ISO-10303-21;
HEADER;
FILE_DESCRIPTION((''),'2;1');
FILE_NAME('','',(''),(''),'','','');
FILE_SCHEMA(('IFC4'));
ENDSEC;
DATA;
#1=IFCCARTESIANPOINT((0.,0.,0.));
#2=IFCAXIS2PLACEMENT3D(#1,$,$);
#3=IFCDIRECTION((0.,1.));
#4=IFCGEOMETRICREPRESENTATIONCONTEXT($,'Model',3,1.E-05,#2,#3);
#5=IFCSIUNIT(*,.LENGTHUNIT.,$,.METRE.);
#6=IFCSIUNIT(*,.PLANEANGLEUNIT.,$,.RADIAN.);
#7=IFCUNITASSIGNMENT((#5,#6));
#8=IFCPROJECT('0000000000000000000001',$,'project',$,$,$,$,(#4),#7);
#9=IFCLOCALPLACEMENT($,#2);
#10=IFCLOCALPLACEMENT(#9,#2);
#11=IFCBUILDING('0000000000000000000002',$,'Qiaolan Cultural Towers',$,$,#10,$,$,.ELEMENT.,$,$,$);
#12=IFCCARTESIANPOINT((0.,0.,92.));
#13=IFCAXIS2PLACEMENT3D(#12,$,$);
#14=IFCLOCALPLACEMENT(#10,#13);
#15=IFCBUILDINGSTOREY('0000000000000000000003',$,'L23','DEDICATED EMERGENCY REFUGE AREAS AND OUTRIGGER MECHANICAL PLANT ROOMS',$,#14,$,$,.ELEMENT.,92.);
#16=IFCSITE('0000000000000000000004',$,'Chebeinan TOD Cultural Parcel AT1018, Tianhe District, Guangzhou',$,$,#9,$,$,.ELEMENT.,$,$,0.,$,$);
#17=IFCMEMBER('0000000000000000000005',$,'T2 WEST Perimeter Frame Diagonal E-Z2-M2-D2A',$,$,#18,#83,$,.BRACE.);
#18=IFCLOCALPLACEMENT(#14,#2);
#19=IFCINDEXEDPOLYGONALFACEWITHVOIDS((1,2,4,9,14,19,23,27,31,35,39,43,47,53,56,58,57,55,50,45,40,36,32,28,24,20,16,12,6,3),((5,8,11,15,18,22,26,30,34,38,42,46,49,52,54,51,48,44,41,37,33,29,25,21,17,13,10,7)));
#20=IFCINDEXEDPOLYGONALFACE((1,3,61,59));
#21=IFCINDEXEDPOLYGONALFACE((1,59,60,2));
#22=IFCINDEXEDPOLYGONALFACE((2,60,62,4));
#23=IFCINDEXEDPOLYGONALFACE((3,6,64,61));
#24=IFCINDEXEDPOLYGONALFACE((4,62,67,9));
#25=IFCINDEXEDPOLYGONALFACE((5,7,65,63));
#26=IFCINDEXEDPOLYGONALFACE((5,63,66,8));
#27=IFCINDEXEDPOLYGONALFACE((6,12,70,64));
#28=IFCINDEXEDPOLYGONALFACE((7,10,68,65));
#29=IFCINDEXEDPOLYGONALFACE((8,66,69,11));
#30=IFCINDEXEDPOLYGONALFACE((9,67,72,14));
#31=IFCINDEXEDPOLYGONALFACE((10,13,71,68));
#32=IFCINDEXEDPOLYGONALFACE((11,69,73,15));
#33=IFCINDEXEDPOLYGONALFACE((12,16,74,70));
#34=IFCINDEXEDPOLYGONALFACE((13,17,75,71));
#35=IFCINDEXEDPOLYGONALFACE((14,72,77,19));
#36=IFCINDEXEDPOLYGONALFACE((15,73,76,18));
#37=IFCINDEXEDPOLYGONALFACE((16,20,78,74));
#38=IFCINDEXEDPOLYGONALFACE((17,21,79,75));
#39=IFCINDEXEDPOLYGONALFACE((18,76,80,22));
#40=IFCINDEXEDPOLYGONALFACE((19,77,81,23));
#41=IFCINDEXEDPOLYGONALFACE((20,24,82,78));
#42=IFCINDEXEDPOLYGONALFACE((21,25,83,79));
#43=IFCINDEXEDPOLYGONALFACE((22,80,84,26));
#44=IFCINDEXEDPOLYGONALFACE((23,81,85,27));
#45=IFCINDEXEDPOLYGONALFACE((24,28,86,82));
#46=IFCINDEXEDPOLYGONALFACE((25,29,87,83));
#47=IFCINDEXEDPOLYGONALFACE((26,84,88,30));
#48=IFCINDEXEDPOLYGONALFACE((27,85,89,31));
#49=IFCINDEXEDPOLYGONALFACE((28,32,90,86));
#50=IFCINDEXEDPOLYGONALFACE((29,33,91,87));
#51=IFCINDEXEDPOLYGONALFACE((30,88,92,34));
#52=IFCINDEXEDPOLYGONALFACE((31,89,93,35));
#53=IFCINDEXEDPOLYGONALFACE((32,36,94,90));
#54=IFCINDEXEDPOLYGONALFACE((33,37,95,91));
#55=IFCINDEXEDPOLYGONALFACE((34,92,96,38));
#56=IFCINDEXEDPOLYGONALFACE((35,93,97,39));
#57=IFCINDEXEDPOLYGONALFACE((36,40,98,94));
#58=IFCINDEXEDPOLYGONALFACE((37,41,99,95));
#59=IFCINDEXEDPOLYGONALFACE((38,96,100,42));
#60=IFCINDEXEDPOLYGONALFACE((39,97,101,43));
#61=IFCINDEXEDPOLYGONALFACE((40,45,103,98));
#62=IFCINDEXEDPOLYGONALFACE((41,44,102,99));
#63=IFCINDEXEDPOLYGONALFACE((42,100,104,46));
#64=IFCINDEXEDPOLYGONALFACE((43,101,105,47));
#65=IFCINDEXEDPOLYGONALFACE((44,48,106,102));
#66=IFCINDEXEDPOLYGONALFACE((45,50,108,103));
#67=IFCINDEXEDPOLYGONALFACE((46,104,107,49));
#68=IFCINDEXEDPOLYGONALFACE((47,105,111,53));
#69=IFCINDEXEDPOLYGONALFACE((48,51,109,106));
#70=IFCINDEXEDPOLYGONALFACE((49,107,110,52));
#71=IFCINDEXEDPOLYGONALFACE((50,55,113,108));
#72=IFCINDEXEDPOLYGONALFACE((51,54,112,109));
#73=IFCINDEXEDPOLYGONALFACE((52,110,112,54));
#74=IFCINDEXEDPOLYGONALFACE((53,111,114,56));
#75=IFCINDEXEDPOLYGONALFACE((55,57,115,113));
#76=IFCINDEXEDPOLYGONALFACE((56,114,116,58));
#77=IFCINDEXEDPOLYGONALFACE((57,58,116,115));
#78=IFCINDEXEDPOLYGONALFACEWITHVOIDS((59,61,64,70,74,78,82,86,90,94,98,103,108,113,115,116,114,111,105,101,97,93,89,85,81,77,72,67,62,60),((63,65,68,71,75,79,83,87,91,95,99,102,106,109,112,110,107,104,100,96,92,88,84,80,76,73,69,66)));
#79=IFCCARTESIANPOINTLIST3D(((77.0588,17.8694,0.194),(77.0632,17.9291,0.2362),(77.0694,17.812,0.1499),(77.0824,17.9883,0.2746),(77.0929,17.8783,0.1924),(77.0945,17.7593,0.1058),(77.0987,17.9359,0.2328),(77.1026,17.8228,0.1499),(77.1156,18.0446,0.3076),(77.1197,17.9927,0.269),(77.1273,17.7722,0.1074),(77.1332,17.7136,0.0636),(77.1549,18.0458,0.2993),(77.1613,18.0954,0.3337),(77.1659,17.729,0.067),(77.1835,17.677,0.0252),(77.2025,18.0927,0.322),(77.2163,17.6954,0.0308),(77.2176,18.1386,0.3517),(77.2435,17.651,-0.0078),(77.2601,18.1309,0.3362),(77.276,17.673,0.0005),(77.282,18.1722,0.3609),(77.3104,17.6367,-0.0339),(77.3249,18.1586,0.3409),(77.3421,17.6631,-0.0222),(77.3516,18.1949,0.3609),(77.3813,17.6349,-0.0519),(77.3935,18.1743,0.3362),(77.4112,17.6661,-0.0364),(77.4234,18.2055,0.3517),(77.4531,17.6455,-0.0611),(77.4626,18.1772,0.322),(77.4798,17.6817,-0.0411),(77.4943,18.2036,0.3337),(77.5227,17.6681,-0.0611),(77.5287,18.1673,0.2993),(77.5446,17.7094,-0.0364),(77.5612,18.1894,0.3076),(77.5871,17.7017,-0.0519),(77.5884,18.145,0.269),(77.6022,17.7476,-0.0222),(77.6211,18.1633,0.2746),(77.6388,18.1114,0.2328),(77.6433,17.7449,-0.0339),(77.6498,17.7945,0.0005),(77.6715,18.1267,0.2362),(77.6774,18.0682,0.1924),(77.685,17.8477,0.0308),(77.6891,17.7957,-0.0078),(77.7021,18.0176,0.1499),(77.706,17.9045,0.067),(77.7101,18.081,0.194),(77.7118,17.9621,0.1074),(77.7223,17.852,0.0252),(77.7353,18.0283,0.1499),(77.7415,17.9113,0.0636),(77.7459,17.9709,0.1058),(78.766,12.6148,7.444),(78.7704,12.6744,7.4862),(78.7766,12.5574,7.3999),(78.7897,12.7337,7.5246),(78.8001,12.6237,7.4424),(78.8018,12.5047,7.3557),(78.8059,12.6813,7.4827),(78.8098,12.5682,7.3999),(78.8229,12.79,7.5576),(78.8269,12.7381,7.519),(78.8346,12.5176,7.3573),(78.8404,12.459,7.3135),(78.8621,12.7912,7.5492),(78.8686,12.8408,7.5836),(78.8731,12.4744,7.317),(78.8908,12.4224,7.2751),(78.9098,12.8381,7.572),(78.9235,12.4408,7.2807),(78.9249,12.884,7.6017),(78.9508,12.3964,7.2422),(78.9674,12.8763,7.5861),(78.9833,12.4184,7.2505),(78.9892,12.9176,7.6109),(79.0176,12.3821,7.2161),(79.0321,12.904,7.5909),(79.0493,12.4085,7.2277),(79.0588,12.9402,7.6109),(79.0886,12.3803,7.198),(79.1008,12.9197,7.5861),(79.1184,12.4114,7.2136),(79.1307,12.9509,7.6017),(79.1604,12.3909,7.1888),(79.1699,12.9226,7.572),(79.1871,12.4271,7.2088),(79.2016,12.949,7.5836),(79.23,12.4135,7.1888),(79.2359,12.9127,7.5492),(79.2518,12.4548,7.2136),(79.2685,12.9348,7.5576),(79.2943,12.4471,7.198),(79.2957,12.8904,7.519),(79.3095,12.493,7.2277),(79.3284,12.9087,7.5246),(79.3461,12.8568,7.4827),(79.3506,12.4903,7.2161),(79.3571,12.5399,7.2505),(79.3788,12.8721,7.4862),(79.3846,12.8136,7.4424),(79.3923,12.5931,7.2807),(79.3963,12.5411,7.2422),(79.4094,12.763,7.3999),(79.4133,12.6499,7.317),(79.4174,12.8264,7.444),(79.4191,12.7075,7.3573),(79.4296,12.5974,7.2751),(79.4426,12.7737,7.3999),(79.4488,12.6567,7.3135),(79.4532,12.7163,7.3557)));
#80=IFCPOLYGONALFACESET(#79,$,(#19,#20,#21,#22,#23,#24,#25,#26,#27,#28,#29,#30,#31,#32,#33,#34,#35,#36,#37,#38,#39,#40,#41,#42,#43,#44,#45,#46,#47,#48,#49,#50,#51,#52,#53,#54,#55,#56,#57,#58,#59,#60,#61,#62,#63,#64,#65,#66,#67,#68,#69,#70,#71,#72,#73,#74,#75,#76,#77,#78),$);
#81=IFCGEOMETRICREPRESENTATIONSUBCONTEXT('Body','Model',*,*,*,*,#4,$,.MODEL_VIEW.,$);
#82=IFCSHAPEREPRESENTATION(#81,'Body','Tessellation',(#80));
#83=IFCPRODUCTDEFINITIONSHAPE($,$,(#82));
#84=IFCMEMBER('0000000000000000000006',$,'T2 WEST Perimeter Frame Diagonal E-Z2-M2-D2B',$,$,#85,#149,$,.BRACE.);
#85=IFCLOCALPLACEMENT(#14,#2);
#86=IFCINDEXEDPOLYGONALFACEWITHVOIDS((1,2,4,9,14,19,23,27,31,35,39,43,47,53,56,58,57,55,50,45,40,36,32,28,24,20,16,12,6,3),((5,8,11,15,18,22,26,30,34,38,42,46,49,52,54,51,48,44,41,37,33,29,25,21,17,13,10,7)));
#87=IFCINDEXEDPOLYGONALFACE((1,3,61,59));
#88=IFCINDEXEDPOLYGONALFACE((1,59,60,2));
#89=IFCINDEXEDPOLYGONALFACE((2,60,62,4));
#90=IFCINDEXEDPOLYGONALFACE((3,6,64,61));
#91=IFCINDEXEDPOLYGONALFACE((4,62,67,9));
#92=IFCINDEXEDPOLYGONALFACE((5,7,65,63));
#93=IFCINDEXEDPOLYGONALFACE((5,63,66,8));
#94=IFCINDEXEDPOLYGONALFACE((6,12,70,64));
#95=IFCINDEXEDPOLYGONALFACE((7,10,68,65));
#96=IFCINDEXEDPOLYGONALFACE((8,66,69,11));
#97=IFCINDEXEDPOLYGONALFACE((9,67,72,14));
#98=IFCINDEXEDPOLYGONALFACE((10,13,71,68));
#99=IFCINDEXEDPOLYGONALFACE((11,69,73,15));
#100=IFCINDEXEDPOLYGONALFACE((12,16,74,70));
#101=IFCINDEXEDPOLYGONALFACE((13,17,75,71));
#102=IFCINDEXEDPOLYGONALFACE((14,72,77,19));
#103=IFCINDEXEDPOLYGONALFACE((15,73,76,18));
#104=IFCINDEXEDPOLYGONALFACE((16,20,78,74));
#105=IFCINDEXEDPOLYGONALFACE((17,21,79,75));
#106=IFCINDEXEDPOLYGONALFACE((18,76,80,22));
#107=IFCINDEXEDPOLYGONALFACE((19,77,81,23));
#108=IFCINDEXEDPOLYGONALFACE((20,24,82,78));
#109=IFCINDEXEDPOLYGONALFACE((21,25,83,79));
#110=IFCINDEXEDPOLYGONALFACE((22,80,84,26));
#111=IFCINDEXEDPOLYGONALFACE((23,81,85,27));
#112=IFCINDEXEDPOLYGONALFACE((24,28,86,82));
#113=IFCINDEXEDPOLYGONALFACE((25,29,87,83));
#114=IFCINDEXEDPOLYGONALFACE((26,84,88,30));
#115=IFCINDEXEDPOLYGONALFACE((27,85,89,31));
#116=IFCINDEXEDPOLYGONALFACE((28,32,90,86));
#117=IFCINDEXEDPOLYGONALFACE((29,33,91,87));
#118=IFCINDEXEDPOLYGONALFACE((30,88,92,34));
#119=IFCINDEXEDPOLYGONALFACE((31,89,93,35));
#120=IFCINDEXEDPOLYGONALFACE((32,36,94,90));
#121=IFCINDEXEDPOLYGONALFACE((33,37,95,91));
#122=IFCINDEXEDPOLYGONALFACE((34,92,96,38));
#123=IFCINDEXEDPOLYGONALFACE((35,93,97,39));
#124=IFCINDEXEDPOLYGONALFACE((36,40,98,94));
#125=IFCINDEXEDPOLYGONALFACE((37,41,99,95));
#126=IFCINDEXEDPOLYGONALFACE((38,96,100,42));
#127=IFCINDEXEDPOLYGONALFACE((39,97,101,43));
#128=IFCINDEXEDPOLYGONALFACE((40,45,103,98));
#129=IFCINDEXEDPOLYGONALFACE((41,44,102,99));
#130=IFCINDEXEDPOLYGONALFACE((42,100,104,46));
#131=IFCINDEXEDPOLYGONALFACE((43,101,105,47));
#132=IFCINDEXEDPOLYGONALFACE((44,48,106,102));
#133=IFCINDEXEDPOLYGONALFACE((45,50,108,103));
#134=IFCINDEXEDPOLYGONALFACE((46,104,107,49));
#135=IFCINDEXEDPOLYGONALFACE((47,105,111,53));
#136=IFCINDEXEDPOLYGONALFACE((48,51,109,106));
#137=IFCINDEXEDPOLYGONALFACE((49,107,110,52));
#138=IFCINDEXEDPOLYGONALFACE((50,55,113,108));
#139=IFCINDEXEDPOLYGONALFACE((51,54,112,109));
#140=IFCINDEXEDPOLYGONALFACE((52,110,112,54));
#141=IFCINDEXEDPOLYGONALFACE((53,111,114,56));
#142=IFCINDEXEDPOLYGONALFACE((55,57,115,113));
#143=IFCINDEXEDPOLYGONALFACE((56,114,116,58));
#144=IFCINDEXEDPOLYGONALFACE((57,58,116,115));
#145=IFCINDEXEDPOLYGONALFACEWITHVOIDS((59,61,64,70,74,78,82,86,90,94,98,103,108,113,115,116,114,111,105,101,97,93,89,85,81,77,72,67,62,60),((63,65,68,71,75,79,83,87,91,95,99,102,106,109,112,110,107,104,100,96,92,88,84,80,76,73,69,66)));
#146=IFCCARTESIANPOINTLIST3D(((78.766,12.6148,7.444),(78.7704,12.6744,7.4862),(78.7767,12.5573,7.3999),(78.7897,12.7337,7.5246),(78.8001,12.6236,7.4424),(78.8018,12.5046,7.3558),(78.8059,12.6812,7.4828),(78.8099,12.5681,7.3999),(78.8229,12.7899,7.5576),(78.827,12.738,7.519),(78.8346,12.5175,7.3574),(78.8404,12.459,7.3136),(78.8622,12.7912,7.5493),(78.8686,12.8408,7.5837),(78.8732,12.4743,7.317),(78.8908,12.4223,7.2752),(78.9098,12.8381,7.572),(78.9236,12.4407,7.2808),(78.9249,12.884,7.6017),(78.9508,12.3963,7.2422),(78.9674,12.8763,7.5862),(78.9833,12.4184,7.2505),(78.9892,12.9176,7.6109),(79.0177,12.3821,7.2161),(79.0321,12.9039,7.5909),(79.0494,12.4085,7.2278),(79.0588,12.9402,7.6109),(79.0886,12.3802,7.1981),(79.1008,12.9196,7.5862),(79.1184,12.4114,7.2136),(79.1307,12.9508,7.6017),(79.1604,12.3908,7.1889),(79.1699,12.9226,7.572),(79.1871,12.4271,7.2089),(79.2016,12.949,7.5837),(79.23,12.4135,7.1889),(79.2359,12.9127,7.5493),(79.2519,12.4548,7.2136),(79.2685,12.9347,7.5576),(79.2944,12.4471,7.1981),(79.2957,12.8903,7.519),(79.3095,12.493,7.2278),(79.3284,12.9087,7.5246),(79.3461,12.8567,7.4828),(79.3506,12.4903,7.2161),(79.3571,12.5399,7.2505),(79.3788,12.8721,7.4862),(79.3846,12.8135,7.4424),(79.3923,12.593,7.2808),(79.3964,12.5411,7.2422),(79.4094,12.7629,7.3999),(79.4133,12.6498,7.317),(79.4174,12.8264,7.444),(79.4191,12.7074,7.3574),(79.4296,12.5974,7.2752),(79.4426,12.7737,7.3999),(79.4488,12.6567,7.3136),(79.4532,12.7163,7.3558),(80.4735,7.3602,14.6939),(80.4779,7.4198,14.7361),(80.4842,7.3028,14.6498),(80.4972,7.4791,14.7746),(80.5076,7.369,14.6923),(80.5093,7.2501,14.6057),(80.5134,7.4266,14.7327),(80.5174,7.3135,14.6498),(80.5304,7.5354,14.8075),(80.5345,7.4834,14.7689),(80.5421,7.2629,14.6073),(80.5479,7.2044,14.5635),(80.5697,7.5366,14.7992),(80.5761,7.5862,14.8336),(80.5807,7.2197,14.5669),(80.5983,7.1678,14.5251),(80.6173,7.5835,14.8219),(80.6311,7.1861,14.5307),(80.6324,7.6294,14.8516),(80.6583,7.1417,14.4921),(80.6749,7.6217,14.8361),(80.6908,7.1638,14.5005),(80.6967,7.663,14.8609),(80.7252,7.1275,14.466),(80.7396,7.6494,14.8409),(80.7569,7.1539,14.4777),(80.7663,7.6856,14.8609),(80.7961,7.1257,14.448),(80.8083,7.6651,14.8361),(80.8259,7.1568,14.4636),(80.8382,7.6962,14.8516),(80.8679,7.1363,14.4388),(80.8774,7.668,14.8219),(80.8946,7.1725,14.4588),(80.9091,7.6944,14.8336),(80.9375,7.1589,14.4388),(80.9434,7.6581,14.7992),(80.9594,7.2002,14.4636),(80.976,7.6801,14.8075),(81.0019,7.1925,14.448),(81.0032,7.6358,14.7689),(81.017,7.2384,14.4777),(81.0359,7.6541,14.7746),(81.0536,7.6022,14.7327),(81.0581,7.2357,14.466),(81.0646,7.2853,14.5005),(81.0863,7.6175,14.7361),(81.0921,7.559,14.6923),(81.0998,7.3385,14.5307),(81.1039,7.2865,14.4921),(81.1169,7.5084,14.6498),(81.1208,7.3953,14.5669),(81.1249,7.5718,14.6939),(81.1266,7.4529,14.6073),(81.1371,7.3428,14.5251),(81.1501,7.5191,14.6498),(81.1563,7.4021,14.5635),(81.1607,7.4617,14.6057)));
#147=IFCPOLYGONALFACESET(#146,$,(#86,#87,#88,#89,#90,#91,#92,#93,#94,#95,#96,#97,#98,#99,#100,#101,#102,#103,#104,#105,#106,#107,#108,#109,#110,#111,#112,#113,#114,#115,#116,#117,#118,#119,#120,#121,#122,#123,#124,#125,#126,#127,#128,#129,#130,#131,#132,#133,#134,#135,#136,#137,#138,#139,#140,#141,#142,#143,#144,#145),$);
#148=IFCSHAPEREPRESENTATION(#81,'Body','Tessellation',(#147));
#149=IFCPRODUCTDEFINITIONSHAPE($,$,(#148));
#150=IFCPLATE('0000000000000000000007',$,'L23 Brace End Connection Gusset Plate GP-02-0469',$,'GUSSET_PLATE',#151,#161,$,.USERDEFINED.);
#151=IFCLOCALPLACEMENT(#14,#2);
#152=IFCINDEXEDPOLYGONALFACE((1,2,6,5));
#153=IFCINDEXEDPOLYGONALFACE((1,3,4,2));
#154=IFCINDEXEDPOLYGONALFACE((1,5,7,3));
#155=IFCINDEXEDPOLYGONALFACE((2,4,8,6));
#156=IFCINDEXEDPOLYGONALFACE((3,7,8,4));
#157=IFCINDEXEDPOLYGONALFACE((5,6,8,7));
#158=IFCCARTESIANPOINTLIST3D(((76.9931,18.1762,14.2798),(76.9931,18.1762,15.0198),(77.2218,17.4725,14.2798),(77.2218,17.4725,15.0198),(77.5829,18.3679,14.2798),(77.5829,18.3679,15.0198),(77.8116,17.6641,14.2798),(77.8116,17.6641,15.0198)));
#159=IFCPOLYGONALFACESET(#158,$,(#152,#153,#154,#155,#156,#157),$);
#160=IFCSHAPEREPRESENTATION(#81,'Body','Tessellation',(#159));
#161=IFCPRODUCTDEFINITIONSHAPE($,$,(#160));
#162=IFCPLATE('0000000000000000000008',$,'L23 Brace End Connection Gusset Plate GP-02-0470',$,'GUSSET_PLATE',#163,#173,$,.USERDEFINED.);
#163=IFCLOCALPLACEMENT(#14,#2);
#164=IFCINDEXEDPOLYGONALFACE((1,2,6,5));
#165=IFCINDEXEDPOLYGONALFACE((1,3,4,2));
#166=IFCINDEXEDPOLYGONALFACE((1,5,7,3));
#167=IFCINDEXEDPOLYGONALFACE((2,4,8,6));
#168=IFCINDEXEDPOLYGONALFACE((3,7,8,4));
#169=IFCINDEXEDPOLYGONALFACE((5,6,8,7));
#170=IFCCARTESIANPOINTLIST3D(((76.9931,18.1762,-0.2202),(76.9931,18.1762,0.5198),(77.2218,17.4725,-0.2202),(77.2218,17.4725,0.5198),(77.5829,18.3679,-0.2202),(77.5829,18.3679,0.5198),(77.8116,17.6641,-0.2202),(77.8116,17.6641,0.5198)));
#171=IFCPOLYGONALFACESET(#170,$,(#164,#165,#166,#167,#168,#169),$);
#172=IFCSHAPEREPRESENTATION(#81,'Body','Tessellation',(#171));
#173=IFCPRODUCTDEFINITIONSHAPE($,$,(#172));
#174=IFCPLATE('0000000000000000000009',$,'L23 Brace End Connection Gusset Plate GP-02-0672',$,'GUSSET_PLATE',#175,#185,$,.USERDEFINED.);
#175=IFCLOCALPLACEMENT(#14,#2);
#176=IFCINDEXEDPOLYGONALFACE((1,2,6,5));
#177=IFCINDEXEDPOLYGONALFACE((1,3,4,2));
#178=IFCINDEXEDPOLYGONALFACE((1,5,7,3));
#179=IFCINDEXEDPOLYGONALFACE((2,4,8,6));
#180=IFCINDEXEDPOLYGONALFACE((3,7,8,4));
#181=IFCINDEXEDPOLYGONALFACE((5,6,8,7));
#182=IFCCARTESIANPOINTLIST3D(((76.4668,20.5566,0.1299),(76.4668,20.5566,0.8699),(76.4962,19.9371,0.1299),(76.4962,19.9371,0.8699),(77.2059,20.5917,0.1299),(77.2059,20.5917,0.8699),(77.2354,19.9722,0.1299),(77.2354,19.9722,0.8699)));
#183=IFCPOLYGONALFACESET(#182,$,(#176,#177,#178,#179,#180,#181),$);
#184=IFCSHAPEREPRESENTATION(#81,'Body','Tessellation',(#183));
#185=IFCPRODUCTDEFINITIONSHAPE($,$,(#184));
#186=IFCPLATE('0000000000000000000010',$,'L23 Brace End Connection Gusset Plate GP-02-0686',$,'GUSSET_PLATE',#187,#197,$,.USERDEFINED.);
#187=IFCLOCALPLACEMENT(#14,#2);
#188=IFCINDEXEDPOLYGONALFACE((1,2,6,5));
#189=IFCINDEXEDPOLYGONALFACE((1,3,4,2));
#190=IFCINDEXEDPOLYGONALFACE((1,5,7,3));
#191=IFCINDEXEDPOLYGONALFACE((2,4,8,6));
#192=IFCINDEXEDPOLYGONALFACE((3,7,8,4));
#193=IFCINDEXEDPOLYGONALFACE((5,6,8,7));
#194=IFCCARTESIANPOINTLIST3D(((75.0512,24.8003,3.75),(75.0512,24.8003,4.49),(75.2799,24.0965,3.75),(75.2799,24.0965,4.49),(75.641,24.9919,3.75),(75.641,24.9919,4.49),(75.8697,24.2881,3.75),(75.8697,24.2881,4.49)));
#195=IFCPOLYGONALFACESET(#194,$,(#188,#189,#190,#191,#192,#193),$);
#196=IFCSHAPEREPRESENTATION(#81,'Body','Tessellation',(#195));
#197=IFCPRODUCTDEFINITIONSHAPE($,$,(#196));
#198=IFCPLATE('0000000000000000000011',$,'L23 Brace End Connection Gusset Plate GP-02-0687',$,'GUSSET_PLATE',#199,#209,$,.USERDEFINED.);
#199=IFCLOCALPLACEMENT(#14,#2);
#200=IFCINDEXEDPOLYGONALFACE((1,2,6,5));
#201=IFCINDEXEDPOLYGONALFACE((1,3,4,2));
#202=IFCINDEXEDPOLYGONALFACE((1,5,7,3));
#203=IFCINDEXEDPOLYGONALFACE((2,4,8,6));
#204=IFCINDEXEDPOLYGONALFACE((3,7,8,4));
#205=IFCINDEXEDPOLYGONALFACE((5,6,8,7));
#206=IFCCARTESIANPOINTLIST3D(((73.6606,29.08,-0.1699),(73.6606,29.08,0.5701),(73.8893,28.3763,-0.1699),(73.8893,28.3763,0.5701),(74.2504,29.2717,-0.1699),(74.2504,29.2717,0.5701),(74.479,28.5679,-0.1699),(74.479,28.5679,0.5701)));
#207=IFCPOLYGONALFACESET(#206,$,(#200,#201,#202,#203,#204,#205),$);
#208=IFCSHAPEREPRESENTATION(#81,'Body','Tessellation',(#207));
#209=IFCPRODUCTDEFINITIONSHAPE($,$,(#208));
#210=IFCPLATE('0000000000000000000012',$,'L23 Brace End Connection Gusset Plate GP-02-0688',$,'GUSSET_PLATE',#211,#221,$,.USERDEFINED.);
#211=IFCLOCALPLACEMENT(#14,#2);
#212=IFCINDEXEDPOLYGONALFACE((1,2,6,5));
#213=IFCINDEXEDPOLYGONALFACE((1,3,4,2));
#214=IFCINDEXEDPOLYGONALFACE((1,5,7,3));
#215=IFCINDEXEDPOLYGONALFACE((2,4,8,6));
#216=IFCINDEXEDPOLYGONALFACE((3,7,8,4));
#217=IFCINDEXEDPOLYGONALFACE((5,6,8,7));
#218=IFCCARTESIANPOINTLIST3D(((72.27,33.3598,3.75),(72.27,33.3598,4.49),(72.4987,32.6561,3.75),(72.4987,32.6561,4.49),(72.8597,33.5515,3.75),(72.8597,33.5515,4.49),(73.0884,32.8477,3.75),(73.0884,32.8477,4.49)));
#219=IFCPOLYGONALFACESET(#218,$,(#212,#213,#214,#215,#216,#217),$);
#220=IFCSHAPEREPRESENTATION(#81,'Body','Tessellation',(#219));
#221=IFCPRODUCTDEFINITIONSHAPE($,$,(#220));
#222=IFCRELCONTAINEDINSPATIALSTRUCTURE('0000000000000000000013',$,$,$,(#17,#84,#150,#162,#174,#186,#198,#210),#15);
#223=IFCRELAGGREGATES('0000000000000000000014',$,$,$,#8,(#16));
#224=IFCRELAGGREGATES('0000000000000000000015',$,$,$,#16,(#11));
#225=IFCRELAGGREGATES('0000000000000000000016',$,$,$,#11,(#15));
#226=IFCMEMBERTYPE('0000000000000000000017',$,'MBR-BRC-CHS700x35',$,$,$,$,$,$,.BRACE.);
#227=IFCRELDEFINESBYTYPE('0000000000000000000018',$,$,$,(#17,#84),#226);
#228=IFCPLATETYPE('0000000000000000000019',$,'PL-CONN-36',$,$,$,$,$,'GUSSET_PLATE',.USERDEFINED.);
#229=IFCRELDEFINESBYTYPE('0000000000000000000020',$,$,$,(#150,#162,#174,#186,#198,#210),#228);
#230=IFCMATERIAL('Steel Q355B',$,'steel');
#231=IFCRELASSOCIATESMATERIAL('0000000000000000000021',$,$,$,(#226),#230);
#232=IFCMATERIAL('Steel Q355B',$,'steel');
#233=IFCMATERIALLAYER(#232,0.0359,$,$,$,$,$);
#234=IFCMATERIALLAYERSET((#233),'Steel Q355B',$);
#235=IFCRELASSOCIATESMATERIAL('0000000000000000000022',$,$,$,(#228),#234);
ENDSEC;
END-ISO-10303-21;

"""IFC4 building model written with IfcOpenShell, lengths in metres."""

from ifc_helpers import new_model, si_unit, direction, frame, origin, origin_2d, place, context, subcontext, project, spatial, rectangle, hollow_circle, extrude, material, layer, layer_set, material_profile, profile_set, type_object, element, save


model = new_model("IFC4")

# Units and contexts
model_context = context("Model", 3, precision=1e-05, world=origin(), true_north=direction((0.0, 1.0)))
body_context = subcontext(model_context, "Body", "Model", "MODEL_VIEW")
ifc_project = project(units=[si_unit("LENGTHUNIT", "METRE"), si_unit("PLANEANGLEUNIT", "RADIAN")], contexts=[model_context])

# Site, building, storey
site_placement = place(None, origin())
site = spatial("IfcSite", under=ifc_project, at=site_placement, Name="Chebeinan TOD Cultural Parcel AT1018, Tianhe District, Guangzhou", CompositionType="ELEMENT", RefElevation=0.0)
building_placement = place(site_placement, origin())
building = spatial("IfcBuilding", under=site, at=building_placement, Name="Qiaolan Cultural Towers", CompositionType="ELEMENT")
storey_placement = place(building_placement, frame((0.0, 0.0, 92.0)))
storey = spatial("IfcBuildingStorey", under=building, at=storey_placement, Name="L23", Description="DEDICATED EMERGENCY REFUGE AREAS AND OUTRIGGER MECHANICAL PLANT ROOMS", CompositionType="ELEMENT", Elevation=92.0)

# Members
ifc_material_1 = material(Name="Steel Q355B", Category="steel")
ifc_material_profile_1 = material_profile(ifc_material_1, hollow_circle(Radius=0.3501, WallThickness=0.0349, at=origin_2d()), Name="CHS700x35")
ifc_profile_set_1 = profile_set([ifc_material_profile_1], Name="Steel Q355B")
member_type_1 = type_object("IfcMemberType", Name="MBR-BRC-CHS700x35", PredefinedType="BRACE", material=ifc_profile_set_1)
for number, where, z_axis, x_axis, name in (
    (1, (77.4023, 17.9202, 0.1499), (0.187298, -0.576464, 0.795367), (0.95106, 0.309007, 0.0), "T2 WEST Perimeter Frame Diagonal E-Z2-M2-D2A"),
    (2, (79.1096, 12.6655, 7.3999), (0.187324, -0.576461, 0.795363), (0.951047, 0.309047, 0.0), "T2 WEST Perimeter Frame Diagonal E-Z2-M2-D2B"),
):
    element("IfcMember", number, at=place(storey_placement, frame(where, z_axis=z_axis, x_axis=x_axis)), inside=storey, type_object=member_type_1, Name=name, PredefinedType="BRACE", context=body_context, shape_type="SweptSolid", body=[
        extrude(hollow_circle(Radius=0.3501, WallThickness=0.0349, at=origin_2d()), origin(), (0.0, 0.0, 1.0), 9.1152),
    ])

# Plates
ifc_material_2 = material(Name="Steel Q355B", Category="steel")
ifc_layer_1 = layer(ifc_material_2, 0.0359)
ifc_layer_set_1 = layer_set([ifc_layer_1], Name="Steel Q355B")
plate_type_1 = type_object("IfcPlateType", Name="PL-CONN-36", ElementType="GUSSET_PLATE", PredefinedType="USERDEFINED", material=ifc_layer_set_1)
for number, where, z_axis, x_axis, name in (
    (3, (77.4023, 17.9202, 14.2798), (0.0, 0.0, 1.0), (-0.309017, 0.951057, 0.0), "L23 Brace End Connection Gusset Plate GP-02-0469"),
    (4, (77.4023, 17.9202, -0.2202), (0.0, 0.0, 1.0), (-0.309017, 0.951057, 0.0), "L23 Brace End Connection Gusset Plate GP-02-0470"),
    (5, (76.8511, 20.2644, 0.1299), (0.0, 0.0, 1.0), (0.998875, 0.047427, 0.0), "L23 Brace End Connection Gusset Plate GP-02-0672"),
    (6, (75.4604, 24.5442, 3.75), (0.0, 0.0, 1.0), (-0.309017, 0.951057, 0.0), "L23 Brace End Connection Gusset Plate GP-02-0686"),
    (7, (74.0698, 28.824, -0.1699), (0.0, 0.0, 1.0), (-0.309017, 0.951057, 0.0), "L23 Brace End Connection Gusset Plate GP-02-0687"),
    (8, (72.6792, 33.1038, 3.75), (0.0, 0.0, 1.0), (-0.309017, 0.951057, 0.0), "L23 Brace End Connection Gusset Plate GP-02-0688"),
):
    element("IfcPlate", number, at=place(storey_placement, frame(where, z_axis=z_axis, x_axis=x_axis)), inside=storey, type_object=plate_type_1, Name=name, ObjectType="GUSSET_PLATE", PredefinedType="USERDEFINED", context=body_context, shape_type="SweptSolid", body=[
        extrude(rectangle(XDim=0.74, YDim=0.6201, at=origin_2d()), origin(), (0.0, 0.0, 1.0), 0.74),
    ])

save(model, "model.ifc")
